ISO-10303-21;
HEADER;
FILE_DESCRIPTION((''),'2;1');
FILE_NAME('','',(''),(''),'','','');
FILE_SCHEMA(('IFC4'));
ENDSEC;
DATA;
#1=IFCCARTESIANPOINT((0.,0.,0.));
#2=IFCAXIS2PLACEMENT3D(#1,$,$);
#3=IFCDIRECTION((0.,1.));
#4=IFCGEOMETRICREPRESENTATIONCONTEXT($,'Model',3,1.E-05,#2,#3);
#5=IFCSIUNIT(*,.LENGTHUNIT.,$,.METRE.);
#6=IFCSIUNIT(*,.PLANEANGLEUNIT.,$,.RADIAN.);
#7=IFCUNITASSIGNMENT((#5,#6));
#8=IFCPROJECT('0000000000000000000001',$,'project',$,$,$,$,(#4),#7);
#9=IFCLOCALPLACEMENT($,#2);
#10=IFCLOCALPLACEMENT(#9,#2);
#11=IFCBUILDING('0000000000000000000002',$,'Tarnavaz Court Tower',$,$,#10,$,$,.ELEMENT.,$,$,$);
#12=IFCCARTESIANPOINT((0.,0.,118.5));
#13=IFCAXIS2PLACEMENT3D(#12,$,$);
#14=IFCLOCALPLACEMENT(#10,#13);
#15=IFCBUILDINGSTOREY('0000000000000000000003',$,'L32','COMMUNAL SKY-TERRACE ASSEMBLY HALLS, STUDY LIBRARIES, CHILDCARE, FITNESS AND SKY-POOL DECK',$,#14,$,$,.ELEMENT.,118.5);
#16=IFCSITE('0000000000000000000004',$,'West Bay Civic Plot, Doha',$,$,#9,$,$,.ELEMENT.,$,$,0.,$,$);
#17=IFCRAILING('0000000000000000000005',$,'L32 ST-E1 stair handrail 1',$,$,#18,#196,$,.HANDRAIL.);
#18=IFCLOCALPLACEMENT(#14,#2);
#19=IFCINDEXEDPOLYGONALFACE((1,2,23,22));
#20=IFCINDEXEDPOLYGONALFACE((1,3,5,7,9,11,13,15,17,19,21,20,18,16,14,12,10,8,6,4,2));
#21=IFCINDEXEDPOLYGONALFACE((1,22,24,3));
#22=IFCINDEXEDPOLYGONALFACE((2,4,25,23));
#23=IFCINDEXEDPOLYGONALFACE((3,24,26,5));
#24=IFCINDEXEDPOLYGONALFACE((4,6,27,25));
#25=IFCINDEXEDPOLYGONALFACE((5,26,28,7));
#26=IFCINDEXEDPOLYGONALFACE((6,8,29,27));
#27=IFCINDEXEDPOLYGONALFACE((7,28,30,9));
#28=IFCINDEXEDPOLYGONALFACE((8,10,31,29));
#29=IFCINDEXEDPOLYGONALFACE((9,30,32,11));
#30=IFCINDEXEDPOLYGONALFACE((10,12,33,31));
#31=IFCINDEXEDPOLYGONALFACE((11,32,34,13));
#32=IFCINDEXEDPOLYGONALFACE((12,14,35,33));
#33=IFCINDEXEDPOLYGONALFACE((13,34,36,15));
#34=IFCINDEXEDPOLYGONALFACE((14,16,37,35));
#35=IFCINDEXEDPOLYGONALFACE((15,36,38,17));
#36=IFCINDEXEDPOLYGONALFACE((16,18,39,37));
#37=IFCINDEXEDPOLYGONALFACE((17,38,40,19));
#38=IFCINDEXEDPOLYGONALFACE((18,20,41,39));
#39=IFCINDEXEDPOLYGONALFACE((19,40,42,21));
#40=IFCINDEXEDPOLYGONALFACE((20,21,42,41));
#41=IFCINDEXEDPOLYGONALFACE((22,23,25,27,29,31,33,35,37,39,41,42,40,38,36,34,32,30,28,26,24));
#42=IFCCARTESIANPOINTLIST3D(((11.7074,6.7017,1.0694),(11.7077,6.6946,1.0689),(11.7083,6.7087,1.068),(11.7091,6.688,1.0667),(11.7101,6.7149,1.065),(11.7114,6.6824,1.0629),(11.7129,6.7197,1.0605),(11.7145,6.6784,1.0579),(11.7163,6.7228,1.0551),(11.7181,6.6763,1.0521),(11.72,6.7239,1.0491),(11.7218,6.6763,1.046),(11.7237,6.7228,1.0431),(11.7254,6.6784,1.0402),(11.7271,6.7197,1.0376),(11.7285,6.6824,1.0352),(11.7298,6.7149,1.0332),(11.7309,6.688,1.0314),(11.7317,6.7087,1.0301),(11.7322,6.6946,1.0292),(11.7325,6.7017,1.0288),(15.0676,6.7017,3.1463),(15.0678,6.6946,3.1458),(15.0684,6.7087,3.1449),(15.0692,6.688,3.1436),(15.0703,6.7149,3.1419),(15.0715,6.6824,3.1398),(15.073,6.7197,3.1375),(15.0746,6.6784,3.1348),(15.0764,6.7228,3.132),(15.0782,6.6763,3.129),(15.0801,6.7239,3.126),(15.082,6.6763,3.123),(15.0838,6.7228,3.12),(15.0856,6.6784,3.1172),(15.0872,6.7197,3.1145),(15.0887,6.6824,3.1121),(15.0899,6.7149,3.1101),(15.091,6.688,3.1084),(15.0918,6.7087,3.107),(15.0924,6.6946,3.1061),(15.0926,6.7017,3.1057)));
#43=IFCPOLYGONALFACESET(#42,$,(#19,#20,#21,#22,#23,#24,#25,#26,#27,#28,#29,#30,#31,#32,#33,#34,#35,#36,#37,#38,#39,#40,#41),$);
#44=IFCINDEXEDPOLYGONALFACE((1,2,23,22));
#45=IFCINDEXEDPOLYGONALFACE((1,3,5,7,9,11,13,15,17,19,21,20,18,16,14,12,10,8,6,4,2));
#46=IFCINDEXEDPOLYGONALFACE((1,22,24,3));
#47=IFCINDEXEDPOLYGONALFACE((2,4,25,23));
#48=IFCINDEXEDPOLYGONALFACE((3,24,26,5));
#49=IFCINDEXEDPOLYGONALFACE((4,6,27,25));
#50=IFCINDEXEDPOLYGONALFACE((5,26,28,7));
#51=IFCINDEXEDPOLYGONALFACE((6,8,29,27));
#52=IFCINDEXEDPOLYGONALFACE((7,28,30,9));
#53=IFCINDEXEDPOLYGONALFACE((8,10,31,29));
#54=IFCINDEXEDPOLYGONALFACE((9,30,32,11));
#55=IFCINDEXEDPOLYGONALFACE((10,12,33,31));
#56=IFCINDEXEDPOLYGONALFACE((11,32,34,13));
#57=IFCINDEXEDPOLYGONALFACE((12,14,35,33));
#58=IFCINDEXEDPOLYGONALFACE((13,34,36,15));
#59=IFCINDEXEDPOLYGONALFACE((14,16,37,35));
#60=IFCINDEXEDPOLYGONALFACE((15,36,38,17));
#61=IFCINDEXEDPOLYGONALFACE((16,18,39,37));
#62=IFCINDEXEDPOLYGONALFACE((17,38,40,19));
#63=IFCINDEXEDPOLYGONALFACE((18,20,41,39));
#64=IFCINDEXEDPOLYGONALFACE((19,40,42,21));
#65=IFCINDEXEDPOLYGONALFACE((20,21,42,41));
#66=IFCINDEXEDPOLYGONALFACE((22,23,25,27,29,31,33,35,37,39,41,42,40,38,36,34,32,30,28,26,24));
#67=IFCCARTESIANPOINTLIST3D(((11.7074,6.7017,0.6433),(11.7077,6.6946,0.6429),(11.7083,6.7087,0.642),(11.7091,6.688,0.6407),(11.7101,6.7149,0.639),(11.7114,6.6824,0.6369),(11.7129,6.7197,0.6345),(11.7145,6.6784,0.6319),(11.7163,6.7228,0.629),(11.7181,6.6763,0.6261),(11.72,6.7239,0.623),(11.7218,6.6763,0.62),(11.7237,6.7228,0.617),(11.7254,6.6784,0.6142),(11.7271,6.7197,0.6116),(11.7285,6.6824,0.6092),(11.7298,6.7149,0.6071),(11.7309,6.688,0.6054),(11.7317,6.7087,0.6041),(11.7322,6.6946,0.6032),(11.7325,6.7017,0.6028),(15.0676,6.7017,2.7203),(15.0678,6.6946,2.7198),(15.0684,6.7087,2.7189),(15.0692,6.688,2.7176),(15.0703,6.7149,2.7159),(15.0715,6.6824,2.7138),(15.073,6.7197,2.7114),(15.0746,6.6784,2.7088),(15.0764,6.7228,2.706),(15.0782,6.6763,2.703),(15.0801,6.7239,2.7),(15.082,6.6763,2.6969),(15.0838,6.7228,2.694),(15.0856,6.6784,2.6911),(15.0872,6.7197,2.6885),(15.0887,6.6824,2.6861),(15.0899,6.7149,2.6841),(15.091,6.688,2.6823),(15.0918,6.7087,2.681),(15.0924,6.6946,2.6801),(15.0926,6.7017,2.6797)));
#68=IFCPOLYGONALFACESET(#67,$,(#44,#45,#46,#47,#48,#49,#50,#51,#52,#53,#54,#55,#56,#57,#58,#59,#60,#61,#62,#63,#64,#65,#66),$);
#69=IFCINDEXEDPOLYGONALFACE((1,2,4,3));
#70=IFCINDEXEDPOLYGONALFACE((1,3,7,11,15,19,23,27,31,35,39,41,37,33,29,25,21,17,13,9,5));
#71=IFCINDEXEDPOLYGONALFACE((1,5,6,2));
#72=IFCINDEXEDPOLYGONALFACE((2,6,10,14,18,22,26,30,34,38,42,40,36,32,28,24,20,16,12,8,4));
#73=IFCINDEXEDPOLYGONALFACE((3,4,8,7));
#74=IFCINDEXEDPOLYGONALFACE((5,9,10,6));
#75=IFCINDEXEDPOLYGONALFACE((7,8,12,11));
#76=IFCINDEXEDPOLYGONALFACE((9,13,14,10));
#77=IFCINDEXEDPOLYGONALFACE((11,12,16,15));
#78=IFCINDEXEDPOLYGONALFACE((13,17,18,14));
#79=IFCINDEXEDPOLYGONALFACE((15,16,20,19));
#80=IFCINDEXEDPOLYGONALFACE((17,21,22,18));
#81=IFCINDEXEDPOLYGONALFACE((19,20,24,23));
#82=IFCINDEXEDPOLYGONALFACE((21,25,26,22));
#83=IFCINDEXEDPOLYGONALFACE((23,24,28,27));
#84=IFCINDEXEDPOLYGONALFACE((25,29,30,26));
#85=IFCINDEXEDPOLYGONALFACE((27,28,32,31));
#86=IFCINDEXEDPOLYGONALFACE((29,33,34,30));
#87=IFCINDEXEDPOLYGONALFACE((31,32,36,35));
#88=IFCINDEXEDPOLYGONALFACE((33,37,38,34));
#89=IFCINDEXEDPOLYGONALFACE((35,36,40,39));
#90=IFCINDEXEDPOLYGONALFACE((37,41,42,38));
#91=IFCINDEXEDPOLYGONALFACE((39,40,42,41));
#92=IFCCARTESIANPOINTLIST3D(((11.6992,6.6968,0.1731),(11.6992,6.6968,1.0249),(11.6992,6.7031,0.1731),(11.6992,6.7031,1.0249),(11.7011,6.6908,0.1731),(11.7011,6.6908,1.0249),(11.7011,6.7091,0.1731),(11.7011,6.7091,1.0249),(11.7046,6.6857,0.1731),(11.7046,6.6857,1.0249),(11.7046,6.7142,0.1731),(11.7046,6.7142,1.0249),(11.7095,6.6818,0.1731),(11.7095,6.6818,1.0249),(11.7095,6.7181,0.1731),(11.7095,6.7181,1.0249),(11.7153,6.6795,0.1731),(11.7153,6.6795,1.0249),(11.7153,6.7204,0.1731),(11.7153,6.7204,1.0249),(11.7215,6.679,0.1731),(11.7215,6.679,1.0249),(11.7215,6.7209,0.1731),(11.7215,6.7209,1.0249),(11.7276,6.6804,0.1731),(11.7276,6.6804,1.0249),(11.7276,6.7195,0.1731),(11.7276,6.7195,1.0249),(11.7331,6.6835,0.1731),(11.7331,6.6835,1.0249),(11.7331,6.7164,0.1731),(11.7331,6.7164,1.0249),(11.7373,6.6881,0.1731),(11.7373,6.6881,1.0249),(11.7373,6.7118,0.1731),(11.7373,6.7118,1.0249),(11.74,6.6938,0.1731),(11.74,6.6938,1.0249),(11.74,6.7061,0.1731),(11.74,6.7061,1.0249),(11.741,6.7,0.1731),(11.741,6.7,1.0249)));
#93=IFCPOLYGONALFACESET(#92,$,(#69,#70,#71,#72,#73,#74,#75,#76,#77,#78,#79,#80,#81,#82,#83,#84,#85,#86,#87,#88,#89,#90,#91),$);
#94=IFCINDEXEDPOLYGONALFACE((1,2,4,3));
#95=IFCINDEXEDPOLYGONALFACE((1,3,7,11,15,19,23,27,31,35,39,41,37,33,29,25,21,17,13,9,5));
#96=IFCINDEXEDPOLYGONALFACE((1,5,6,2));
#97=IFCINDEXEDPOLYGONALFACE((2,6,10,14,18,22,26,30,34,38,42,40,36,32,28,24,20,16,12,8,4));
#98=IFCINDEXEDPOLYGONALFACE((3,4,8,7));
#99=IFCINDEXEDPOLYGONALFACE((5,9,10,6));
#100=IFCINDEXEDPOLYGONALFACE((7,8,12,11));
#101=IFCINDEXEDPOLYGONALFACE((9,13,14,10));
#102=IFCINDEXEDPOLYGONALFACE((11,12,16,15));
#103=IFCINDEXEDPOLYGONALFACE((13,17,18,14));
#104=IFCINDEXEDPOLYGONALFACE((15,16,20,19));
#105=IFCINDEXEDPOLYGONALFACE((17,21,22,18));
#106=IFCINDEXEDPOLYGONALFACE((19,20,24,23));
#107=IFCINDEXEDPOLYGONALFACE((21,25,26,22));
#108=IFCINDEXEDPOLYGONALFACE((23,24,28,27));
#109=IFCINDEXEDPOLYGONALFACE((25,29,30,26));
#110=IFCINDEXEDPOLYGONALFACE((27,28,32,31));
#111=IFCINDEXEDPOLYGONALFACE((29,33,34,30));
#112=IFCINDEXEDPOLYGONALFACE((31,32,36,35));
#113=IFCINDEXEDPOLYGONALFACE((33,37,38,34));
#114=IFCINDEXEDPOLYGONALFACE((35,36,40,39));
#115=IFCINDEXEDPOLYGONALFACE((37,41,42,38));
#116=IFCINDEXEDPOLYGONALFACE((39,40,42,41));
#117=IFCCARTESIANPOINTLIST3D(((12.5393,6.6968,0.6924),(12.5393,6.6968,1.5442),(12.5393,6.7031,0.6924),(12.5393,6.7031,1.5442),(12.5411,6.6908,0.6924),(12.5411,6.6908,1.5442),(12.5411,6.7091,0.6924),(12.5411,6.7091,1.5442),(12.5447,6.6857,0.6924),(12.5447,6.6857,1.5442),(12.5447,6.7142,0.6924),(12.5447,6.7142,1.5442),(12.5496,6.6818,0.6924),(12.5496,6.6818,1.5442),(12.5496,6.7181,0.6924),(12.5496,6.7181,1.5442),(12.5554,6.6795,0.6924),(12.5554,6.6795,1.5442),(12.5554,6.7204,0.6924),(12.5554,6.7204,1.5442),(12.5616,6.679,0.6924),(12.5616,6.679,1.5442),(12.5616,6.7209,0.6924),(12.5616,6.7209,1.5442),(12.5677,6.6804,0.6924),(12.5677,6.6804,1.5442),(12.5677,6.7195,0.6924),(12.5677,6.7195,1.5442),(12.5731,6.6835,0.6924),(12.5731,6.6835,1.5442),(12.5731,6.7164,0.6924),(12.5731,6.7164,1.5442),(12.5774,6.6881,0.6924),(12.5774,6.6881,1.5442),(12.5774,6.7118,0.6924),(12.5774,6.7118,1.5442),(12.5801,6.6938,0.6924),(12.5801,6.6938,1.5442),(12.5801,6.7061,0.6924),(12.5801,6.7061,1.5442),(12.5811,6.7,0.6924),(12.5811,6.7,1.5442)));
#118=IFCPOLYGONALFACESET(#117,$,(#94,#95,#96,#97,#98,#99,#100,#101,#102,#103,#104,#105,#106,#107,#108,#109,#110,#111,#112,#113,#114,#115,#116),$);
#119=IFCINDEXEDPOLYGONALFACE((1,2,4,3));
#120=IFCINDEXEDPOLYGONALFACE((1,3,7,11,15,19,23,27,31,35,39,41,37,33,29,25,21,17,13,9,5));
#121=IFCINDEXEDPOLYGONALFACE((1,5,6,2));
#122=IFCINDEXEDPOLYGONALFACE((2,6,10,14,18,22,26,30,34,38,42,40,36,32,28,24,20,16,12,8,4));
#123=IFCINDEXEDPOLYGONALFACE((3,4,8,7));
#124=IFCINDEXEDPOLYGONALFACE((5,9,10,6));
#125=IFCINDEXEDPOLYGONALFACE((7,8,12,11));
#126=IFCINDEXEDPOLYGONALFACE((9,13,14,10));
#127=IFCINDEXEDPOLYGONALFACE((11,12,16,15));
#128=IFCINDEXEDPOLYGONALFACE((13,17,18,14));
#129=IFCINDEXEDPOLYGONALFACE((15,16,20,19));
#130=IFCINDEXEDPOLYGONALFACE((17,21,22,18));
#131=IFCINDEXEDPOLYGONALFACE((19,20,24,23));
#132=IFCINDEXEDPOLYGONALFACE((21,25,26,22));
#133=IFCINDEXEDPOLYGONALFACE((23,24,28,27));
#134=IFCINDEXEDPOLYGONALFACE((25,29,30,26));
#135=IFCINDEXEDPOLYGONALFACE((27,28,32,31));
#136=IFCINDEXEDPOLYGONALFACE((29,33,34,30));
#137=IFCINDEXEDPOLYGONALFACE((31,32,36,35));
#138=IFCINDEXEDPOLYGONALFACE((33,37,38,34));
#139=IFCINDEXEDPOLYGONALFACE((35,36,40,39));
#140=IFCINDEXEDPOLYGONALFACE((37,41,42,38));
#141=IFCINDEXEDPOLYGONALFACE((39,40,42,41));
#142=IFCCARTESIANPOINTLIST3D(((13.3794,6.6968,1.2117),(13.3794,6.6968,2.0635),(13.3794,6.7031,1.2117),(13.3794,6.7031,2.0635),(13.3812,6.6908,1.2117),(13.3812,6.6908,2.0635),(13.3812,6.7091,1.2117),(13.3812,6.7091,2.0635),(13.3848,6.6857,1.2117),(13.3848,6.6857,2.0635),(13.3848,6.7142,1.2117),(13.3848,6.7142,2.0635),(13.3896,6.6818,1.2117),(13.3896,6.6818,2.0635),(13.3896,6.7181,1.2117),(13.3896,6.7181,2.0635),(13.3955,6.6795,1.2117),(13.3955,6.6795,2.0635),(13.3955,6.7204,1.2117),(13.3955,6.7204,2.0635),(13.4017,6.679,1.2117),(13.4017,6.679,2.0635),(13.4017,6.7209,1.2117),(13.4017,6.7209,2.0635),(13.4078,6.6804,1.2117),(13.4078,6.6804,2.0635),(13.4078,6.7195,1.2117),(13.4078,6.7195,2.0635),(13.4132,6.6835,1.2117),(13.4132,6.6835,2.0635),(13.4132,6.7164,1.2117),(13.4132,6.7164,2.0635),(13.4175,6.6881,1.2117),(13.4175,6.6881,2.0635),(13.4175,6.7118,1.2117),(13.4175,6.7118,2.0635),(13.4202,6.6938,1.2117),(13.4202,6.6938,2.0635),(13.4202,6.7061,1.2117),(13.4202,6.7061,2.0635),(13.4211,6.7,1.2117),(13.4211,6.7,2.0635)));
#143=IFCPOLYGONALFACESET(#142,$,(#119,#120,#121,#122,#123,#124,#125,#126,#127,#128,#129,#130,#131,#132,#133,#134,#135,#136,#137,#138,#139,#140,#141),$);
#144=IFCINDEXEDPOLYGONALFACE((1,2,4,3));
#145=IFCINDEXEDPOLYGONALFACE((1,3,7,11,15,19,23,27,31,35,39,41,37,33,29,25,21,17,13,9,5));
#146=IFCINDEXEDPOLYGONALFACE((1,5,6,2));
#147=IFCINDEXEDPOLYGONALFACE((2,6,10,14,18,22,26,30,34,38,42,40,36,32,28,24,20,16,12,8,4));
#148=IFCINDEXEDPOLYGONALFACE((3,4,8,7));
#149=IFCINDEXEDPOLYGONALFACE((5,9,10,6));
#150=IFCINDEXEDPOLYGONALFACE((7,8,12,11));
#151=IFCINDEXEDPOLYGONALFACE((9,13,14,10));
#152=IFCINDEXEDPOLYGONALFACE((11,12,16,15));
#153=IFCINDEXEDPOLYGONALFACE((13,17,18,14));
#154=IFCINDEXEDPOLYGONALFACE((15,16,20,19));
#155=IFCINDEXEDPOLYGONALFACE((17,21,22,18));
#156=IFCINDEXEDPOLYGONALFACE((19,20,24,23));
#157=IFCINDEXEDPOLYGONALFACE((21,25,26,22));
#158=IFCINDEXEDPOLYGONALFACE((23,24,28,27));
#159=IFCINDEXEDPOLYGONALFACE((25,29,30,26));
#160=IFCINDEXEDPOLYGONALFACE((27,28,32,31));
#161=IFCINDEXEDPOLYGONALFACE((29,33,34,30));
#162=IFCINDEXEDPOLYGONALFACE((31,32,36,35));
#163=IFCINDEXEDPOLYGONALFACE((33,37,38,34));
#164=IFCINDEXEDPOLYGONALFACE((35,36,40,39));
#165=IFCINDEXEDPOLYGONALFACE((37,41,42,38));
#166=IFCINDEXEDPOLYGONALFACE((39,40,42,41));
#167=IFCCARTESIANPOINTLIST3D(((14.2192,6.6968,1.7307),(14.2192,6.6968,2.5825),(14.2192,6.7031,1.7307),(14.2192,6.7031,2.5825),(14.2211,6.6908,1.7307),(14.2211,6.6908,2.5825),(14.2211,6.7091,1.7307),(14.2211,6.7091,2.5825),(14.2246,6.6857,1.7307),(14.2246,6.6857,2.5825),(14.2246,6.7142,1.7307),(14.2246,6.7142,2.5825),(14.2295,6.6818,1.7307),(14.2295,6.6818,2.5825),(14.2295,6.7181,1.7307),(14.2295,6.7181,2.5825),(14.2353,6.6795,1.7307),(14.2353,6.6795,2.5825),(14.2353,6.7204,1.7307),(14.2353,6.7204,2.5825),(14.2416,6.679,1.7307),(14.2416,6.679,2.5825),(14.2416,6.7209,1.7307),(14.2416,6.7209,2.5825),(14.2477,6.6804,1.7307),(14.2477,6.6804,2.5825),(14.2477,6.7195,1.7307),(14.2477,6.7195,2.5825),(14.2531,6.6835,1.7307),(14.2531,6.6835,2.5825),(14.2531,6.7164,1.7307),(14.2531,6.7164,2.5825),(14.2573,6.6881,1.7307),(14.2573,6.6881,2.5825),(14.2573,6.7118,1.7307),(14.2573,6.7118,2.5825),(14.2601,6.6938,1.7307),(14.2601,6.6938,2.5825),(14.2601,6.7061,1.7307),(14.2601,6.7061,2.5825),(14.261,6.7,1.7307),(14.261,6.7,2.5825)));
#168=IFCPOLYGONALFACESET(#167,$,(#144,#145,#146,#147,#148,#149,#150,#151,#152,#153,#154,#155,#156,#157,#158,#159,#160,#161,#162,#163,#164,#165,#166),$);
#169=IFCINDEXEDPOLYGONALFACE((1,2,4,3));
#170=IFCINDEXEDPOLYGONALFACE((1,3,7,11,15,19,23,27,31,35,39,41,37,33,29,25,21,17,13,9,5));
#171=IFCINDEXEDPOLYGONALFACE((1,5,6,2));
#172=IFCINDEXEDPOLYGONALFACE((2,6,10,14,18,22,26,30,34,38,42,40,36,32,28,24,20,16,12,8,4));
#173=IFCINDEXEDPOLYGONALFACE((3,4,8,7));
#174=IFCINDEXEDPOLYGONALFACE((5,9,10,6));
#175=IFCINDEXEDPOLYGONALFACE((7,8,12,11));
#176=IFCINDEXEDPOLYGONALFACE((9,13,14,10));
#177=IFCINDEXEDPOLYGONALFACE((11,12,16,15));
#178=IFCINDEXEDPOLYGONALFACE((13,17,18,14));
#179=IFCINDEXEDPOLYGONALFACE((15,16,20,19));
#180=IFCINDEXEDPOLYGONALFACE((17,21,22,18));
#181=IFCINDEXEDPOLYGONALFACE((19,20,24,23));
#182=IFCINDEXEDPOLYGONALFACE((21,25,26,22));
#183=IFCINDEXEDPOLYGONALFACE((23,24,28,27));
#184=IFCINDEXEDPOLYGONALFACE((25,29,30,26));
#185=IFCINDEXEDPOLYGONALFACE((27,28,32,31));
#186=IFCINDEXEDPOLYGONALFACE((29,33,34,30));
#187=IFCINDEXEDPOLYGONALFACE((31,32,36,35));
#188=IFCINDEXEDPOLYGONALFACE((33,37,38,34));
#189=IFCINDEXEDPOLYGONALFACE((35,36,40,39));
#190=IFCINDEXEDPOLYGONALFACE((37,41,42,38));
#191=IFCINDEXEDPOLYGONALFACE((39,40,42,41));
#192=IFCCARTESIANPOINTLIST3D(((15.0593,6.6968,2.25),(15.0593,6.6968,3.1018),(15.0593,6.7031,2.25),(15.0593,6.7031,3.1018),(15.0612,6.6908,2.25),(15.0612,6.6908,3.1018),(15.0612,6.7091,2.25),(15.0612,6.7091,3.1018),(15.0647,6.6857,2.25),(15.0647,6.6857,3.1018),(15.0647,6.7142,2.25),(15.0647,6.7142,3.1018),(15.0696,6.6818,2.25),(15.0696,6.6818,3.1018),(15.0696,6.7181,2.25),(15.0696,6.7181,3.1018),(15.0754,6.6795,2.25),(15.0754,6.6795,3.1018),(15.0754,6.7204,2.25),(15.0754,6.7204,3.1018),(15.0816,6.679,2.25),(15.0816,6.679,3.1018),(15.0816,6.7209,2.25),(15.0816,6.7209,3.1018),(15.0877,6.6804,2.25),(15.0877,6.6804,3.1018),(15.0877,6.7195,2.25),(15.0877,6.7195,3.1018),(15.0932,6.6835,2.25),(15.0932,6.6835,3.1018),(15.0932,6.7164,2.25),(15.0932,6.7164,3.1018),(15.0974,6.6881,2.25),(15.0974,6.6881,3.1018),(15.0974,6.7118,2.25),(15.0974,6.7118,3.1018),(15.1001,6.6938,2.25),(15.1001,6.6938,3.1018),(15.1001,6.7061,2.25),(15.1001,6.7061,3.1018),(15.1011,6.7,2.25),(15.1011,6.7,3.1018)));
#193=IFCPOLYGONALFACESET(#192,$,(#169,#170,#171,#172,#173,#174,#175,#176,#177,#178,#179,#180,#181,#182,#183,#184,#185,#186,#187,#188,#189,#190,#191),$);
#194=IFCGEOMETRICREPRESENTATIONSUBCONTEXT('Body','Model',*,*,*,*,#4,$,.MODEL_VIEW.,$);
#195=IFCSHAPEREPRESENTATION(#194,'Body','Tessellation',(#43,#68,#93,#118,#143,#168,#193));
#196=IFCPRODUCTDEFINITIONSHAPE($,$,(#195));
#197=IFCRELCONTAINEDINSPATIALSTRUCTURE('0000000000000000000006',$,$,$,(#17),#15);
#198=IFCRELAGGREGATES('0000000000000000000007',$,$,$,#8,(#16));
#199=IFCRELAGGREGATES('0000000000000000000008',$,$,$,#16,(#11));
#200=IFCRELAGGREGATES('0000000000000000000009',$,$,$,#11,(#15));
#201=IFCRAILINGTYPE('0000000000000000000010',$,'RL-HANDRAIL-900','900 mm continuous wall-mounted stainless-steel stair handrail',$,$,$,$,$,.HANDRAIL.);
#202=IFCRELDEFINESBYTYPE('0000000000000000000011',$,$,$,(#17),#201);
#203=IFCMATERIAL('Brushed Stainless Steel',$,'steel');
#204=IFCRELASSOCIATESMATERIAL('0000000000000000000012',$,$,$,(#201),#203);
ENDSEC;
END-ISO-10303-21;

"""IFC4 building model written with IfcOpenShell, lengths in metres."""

from ifc_helpers import new_model, si_unit, direction, frame, origin, origin_2d, place, context, subcontext, project, spatial, circle, extrude, material, type_object, element, save


model = new_model("IFC4")

# Units and contexts
model_context = context("Model", 3, precision=1e-05, world=origin(), true_north=direction((0.0, 1.0)))
body_context = subcontext(model_context, "Body", "Model", "MODEL_VIEW")
ifc_project = project(units=[si_unit("LENGTHUNIT", "METRE"), si_unit("PLANEANGLEUNIT", "RADIAN")], contexts=[model_context])

# Site, building, storey
site_placement = place(None, origin())
site = spatial("IfcSite", under=ifc_project, at=site_placement, Name="West Bay Civic Plot, Doha", CompositionType="ELEMENT", RefElevation=0.0)
building_placement = place(site_placement, origin())
building = spatial("IfcBuilding", under=site, at=building_placement, Name="Tarnavaz Court Tower", CompositionType="ELEMENT")
storey_placement = place(building_placement, frame((0.0, 0.0, 118.5)))
storey = spatial("IfcBuildingStorey", under=building, at=storey_placement, Name="L32", Description="COMMUNAL SKY-TERRACE ASSEMBLY HALLS, STUDY LIBRARIES, CHILDCARE, FITNESS AND SKY-POOL DECK", CompositionType="ELEMENT", Elevation=118.5)

# Railing
ifc_material_1 = material(Name="Brushed Stainless Steel", Category="steel")
railing_type_1 = type_object("IfcRailingType", Name="RL-HANDRAIL-900", Description="900 mm continuous wall-mounted stainless-steel stair handrail", PredefinedType="HANDRAIL", material=ifc_material_1)
railing_1_placement = place(storey_placement, frame((11.72, 6.7, 0.1731)))
element("IfcRailing", 1, at=railing_1_placement, inside=storey, type_object=railing_type_1, Name="L32 ST-E1 stair handrail 1", PredefinedType="HANDRAIL", context=body_context, shape_type="SweptSolid", body=[
    extrude(circle(Radius=0.0239, at=origin_2d()), frame((0.0, 0.0, 0.876), z_axis=(0.850623, 0.0, 0.525776), x_axis=(0.0, 1.0, 0.0)), (0.0, 0.0, 1.0), 3.9502),
    extrude(circle(Radius=0.0239, at=origin_2d()), frame((0.0, 0.0, 0.45), z_axis=(0.850623, 0.0, 0.525776), x_axis=(0.0, 1.0, 0.0)), (0.0, 0.0, 1.0), 3.9502),
    extrude(circle(Radius=0.021, at=origin_2d()), origin(), (0.0, 0.0, 1.0), 0.8518),
    extrude(circle(Radius=0.021, at=origin_2d()), frame((0.8401, 0.0, 0.5193)), (0.0, 0.0, 1.0), 0.8518),
    extrude(circle(Radius=0.021, at=origin_2d()), frame((1.6802, 0.0, 1.0386)), (0.0, 0.0, 1.0), 0.8518),
    extrude(circle(Radius=0.021, at=origin_2d()), frame((2.52, 0.0, 1.5576)), (0.0, 0.0, 1.0), 0.8518),
    extrude(circle(Radius=0.021, at=origin_2d()), frame((3.3601, 0.0, 2.0769)), (0.0, 0.0, 1.0), 0.8518),
])

save(model, "model.ifc")
